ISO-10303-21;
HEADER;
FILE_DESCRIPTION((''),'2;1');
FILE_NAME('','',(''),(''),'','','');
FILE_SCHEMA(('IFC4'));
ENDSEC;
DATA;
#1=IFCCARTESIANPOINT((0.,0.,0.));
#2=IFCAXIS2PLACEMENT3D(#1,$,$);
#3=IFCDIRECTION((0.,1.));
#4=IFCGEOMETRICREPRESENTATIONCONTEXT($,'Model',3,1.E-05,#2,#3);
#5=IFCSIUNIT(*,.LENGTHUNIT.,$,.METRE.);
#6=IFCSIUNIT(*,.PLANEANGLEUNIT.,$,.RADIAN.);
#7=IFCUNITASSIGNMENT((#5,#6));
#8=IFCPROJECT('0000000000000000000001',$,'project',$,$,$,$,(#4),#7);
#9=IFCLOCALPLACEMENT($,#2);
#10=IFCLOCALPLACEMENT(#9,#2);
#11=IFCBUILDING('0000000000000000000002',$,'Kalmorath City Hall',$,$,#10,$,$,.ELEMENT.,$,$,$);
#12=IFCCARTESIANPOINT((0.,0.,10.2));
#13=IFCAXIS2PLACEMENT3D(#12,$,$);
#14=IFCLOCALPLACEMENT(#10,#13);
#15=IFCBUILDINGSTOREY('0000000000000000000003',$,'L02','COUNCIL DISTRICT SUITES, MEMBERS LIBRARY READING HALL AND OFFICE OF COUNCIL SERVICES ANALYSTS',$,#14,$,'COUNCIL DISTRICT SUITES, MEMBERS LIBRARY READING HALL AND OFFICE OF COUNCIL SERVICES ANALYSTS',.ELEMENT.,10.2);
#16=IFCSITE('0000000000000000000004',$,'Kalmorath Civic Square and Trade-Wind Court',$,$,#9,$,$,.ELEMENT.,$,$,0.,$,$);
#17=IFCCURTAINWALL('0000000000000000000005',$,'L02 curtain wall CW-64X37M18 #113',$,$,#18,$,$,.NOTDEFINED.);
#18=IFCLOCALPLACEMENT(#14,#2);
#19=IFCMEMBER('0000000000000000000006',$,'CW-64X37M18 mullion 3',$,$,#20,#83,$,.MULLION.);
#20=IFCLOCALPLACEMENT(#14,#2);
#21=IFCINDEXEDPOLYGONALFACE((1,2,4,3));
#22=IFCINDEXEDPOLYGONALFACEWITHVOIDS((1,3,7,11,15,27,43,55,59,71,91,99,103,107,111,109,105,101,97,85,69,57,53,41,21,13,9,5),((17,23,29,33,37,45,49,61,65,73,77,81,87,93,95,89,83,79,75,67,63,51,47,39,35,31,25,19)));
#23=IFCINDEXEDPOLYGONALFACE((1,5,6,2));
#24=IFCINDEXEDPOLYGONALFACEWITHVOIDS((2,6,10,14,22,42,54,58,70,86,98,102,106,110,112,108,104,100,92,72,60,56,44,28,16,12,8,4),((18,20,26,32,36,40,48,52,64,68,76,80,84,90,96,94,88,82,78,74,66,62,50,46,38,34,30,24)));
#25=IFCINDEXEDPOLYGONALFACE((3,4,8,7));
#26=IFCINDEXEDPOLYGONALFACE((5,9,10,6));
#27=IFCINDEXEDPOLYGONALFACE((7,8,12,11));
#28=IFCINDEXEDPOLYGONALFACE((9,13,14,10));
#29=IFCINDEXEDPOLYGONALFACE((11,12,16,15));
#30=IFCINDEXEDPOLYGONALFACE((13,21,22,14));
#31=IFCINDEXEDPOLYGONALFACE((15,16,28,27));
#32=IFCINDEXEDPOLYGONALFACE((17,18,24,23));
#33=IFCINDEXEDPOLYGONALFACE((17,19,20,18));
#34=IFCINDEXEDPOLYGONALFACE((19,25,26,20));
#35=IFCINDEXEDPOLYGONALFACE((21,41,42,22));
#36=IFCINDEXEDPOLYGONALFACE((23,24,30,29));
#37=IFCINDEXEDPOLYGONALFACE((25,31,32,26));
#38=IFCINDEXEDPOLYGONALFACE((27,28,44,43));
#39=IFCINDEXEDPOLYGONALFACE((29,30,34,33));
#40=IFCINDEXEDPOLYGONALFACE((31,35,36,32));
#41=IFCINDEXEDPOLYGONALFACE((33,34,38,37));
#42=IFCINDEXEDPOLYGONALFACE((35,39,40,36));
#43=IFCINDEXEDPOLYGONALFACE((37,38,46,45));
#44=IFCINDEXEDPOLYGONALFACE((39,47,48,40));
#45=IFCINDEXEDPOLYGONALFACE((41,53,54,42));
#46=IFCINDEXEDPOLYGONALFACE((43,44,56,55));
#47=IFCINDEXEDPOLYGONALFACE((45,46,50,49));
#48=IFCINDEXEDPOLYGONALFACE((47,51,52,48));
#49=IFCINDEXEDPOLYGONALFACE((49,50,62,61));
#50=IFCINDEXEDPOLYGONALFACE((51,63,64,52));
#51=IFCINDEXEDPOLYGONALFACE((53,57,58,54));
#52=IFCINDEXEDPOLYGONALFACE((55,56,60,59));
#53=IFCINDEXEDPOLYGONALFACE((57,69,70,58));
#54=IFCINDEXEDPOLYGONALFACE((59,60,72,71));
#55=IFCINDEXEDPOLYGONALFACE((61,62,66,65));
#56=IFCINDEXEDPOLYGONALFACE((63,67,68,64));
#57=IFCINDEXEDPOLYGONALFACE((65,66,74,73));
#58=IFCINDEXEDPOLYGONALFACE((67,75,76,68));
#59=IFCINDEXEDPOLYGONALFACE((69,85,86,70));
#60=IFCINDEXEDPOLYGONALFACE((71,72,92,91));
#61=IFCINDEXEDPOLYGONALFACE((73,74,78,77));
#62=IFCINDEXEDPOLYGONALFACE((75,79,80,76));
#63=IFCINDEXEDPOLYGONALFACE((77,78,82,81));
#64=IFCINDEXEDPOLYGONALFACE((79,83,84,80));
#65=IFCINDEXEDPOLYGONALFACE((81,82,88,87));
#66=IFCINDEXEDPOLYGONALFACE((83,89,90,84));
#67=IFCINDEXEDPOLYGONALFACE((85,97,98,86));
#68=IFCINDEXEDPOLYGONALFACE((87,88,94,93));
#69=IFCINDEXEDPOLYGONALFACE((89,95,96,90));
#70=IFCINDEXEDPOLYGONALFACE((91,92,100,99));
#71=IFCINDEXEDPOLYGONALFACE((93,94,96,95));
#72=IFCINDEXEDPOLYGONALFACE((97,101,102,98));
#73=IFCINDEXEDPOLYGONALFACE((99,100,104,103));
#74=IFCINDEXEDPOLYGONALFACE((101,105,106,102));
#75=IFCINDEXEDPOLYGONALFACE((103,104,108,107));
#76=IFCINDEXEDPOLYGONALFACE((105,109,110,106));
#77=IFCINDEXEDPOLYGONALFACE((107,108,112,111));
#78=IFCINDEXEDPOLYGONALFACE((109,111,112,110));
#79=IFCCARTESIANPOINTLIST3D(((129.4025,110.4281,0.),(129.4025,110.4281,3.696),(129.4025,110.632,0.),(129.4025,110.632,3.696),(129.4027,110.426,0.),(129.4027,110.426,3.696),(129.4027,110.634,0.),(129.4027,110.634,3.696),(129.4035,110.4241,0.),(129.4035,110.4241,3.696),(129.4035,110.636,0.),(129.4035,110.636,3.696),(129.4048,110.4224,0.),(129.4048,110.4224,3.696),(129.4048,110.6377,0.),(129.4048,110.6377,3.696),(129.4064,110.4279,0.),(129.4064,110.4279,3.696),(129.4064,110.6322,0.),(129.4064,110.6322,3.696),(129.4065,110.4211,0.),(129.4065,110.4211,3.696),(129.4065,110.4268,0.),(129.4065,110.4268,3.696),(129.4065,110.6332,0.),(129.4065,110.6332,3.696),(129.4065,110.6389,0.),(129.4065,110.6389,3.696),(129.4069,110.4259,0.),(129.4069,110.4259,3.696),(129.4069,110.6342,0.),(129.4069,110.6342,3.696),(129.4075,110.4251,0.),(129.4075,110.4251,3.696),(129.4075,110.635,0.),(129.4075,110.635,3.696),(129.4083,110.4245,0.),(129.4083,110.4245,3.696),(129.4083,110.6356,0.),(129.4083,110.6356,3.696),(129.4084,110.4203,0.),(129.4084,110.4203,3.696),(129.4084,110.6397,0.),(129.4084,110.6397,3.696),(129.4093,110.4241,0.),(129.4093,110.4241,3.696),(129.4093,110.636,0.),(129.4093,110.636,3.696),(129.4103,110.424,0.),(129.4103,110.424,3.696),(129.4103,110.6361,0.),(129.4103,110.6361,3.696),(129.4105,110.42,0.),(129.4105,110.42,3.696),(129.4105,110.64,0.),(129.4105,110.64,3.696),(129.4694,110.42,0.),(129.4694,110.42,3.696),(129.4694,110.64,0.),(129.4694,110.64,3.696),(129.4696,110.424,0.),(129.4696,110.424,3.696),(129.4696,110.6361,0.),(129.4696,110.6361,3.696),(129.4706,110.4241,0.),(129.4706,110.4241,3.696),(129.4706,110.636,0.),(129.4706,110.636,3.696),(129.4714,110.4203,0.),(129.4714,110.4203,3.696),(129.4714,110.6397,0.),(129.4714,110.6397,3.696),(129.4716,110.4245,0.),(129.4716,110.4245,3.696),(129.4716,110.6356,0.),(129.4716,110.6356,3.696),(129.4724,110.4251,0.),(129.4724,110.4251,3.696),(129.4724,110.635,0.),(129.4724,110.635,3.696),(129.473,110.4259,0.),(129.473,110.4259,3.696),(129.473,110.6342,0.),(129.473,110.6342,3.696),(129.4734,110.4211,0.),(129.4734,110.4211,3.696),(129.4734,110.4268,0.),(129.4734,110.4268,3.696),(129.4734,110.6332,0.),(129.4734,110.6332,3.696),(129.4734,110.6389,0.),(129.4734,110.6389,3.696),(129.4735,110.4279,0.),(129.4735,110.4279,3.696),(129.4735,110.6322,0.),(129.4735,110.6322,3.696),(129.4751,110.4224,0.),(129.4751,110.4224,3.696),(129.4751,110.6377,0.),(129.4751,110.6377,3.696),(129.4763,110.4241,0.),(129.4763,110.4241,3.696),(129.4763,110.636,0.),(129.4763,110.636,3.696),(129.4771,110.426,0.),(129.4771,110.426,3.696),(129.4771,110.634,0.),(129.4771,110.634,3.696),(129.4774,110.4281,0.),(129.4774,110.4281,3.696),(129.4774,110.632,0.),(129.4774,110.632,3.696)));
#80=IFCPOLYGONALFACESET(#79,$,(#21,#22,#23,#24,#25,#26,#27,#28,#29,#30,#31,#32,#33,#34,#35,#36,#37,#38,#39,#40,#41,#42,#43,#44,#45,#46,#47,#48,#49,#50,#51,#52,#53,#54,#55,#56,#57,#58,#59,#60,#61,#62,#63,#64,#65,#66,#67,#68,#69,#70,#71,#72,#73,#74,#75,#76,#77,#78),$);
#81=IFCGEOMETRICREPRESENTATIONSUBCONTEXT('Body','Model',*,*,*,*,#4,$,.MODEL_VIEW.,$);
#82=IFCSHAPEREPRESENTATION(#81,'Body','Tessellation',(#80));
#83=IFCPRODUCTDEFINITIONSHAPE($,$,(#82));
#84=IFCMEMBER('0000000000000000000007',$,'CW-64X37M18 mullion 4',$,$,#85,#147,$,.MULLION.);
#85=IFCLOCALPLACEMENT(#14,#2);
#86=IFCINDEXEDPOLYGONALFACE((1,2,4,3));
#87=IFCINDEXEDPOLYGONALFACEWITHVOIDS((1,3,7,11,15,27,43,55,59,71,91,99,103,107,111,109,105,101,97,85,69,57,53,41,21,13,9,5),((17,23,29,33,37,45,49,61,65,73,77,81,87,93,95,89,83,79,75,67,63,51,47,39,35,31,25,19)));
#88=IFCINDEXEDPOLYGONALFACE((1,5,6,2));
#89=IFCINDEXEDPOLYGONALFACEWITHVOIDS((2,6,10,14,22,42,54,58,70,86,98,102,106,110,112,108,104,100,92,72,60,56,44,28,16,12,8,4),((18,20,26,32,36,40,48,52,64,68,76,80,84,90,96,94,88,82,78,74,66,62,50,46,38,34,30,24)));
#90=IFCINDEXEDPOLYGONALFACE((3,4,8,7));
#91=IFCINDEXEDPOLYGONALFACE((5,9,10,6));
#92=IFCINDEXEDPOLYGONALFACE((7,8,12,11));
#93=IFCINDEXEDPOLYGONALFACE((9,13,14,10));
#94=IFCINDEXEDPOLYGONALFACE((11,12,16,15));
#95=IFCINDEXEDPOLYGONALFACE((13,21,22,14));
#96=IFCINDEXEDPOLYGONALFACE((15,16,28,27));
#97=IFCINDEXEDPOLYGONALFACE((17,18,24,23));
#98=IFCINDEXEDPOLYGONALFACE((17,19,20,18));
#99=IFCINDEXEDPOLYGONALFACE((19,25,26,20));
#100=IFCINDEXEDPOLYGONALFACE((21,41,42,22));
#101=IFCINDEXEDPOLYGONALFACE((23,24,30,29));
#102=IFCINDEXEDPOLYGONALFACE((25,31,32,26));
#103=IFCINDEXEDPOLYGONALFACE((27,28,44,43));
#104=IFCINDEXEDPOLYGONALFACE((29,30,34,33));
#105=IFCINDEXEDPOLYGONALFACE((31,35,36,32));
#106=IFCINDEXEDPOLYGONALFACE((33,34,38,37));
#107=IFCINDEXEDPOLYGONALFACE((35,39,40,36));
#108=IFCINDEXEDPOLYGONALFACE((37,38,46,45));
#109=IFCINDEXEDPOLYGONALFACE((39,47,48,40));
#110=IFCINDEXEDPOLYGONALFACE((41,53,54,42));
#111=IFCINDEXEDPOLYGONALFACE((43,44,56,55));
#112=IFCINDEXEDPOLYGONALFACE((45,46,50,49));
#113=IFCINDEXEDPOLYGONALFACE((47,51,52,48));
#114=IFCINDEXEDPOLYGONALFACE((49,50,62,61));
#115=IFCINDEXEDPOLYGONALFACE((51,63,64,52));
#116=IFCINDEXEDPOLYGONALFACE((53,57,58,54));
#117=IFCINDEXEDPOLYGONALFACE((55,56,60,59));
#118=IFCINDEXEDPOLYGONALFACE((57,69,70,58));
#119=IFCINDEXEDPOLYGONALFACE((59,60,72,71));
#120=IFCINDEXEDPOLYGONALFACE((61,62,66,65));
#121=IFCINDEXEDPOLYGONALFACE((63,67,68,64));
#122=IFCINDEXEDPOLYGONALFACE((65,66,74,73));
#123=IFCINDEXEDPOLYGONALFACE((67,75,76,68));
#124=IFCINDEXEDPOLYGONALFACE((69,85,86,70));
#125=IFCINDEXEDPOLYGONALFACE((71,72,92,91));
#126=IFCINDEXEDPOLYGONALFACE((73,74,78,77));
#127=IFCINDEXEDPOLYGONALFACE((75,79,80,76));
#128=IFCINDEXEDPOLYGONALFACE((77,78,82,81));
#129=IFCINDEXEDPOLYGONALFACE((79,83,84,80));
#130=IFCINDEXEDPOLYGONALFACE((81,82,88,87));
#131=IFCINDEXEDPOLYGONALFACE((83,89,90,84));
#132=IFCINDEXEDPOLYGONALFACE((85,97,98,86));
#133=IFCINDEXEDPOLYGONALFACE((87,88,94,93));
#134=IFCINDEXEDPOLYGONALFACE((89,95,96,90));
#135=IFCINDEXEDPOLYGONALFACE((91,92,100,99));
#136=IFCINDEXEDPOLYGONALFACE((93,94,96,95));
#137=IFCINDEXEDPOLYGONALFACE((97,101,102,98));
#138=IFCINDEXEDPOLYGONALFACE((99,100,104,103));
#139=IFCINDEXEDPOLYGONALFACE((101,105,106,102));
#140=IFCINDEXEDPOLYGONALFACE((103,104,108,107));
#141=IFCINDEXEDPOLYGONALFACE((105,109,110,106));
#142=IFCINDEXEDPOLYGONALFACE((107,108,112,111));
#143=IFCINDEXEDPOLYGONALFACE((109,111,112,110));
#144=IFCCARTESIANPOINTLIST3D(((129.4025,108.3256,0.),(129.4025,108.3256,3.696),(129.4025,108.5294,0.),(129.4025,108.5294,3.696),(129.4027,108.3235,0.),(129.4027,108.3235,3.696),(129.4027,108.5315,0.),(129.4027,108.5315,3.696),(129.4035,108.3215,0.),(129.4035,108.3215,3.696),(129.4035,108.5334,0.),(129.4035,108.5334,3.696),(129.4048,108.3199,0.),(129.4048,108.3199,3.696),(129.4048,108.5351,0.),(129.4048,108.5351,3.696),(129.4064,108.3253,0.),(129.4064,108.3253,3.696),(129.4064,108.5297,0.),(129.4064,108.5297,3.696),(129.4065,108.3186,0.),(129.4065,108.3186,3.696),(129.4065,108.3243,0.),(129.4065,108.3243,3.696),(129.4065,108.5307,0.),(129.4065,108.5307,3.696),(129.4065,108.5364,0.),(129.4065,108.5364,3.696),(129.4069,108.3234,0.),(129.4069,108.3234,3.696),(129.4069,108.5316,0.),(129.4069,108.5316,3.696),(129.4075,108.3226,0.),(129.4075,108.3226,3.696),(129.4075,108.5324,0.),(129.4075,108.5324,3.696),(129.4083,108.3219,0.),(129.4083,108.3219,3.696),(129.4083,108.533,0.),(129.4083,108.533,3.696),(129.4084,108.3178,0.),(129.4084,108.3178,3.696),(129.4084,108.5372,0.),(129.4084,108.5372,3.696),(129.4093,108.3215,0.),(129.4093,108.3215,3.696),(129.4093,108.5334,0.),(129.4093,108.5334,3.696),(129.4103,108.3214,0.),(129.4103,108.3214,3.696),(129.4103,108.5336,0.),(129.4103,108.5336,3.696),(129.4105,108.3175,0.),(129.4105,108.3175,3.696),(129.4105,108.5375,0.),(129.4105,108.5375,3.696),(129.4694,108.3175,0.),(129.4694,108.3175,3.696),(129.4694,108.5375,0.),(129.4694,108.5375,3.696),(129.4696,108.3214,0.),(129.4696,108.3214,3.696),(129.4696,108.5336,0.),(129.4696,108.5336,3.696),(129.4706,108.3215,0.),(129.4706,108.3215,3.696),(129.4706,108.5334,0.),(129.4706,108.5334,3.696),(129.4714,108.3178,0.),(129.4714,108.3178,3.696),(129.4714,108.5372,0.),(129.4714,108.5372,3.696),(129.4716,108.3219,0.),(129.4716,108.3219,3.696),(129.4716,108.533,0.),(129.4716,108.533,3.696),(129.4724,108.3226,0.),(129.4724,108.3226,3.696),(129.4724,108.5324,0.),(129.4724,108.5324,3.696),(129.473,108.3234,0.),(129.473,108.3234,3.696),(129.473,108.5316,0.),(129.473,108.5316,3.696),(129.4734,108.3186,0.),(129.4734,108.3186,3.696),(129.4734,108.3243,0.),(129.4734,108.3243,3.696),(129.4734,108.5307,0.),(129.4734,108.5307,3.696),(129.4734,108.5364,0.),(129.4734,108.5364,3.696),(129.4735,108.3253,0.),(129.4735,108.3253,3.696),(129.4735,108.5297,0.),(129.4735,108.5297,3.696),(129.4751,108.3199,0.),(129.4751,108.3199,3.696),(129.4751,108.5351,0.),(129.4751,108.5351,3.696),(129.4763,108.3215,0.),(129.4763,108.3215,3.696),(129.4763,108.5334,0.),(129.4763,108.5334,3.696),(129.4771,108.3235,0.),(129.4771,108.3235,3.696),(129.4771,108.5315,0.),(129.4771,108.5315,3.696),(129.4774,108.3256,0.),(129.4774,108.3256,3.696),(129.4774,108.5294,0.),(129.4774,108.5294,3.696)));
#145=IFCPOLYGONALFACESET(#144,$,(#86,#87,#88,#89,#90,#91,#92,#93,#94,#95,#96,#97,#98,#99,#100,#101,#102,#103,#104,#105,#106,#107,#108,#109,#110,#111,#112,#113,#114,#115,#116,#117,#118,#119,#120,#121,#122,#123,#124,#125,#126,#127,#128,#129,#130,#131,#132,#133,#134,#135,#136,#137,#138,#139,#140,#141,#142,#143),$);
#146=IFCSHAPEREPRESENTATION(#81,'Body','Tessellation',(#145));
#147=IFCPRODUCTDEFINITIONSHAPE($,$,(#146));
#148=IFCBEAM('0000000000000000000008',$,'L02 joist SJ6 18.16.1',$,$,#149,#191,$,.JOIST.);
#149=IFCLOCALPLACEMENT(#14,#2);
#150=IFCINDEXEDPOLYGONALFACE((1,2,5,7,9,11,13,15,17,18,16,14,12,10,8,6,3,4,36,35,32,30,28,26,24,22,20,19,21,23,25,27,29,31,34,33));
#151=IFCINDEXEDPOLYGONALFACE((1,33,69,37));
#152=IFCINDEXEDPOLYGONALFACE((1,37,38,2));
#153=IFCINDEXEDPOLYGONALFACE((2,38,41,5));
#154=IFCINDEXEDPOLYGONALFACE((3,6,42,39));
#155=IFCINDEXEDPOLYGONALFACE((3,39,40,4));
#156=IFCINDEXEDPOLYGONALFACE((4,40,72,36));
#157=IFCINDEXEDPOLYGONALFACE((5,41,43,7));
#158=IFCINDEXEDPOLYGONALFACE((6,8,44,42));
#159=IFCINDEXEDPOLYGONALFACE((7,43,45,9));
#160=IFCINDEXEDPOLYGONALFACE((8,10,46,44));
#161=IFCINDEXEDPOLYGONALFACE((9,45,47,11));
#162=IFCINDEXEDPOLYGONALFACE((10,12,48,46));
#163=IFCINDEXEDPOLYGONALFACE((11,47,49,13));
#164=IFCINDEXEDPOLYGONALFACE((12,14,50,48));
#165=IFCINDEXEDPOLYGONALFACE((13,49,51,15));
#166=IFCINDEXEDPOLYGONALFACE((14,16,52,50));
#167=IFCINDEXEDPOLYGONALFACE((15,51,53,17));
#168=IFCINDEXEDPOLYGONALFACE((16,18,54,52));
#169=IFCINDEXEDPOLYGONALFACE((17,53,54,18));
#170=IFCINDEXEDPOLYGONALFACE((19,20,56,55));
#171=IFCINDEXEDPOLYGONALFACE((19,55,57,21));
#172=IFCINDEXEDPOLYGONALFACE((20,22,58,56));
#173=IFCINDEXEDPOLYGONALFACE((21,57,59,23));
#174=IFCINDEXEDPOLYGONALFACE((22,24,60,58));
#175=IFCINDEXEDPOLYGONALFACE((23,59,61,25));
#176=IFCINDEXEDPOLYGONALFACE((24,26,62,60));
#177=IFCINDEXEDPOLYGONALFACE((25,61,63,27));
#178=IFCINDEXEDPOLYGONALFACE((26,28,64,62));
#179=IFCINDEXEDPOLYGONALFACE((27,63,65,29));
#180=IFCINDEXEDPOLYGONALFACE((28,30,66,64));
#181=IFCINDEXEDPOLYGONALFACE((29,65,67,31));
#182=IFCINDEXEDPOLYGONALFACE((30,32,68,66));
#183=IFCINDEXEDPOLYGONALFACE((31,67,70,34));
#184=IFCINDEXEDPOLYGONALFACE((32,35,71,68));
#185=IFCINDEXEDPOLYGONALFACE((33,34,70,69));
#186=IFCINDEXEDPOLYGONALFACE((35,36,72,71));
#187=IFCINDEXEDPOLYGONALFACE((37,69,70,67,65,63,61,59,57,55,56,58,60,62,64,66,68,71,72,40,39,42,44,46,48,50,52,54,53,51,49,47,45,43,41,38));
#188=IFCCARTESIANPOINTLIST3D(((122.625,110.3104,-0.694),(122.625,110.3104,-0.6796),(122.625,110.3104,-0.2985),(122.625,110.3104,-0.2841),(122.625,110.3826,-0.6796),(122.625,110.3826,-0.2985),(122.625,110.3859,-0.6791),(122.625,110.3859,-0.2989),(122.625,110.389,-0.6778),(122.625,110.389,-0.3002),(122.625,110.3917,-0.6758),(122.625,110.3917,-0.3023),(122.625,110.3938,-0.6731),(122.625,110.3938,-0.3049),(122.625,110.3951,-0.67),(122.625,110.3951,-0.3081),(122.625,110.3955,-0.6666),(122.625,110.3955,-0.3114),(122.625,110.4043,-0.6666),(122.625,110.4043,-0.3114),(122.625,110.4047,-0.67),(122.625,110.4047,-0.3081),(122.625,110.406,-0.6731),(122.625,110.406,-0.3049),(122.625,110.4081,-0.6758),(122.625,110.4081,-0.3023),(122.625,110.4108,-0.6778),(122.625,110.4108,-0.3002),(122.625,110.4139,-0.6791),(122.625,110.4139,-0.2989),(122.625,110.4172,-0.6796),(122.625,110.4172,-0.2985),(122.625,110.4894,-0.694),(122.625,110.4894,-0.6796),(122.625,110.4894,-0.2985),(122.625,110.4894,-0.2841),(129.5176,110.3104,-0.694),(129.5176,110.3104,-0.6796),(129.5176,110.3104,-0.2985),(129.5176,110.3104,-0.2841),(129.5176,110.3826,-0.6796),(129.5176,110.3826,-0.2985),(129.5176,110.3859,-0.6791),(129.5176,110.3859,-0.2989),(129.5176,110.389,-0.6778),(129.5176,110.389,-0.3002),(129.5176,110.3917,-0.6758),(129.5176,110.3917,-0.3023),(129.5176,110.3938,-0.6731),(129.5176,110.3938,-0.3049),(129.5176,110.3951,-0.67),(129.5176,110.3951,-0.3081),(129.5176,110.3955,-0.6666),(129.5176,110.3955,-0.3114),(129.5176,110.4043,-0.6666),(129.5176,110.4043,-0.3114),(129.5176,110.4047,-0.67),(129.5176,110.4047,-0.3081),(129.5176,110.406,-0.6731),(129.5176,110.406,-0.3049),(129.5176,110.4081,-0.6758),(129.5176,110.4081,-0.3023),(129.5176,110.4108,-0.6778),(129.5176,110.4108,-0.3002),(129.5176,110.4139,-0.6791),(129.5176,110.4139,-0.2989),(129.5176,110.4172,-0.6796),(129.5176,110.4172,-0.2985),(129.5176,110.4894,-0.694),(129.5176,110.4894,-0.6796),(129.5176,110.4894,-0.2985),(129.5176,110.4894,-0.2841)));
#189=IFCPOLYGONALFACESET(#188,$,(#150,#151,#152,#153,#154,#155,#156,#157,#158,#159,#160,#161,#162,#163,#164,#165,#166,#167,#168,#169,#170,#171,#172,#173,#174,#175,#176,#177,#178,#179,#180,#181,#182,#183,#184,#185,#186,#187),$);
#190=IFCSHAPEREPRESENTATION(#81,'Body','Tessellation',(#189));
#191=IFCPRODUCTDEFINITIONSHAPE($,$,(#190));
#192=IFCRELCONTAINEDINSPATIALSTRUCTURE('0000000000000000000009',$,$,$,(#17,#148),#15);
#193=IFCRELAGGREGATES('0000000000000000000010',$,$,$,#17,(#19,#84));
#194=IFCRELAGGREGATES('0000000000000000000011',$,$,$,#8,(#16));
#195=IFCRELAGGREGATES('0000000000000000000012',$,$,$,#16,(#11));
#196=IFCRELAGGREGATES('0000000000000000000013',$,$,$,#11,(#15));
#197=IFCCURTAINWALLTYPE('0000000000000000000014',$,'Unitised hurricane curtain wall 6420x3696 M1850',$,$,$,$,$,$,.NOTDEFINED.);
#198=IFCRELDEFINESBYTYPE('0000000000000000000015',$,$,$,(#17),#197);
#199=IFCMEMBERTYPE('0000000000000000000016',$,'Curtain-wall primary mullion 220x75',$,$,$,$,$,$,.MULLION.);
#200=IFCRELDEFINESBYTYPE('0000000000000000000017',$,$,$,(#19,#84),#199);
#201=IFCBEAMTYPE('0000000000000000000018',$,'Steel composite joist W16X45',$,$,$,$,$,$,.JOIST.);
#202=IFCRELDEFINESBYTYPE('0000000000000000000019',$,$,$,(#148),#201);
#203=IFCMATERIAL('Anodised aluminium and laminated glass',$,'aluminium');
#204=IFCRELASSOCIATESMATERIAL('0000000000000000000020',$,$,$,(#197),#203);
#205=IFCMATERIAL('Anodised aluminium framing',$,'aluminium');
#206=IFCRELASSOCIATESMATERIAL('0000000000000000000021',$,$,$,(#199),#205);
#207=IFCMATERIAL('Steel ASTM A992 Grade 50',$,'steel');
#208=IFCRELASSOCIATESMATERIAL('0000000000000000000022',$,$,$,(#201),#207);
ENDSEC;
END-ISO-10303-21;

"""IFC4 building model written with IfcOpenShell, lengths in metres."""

from ifc_helpers import new_model, si_unit, direction, frame, origin, origin_2d, place, context, subcontext, project, spatial, hollow_rectangle, i_section, extrude, material, material_profile, profile_set, type_object, element, aggregate, save


model = new_model("IFC4")

# Units and contexts
model_context = context("Model", 3, precision=1e-05, world=origin(), true_north=direction((0.0, 1.0)))
body_context = subcontext(model_context, "Body", "Model", "MODEL_VIEW")
ifc_project = project(units=[si_unit("LENGTHUNIT", "METRE"), si_unit("PLANEANGLEUNIT", "RADIAN")], contexts=[model_context])

# Site, building, storey
site_placement = place(None, origin())
site = spatial("IfcSite", under=ifc_project, at=site_placement, Name="Kalmorath Civic Square and Trade-Wind Court", CompositionType="ELEMENT", RefElevation=0.0)
building_placement = place(site_placement, origin())
building = spatial("IfcBuilding", under=site, at=building_placement, Name="Kalmorath City Hall", CompositionType="ELEMENT")
storey_placement = place(building_placement, frame((0.0, 0.0, 10.2)))
storey = spatial("IfcBuildingStorey", under=building, at=storey_placement, Name="L02", Description="COUNCIL DISTRICT SUITES, MEMBERS LIBRARY READING HALL AND OFFICE OF COUNCIL SERVICES ANALYSTS", LongName="COUNCIL DISTRICT SUITES, MEMBERS LIBRARY READING HALL AND OFFICE OF COUNCIL SERVICES ANALYSTS", CompositionType="ELEMENT", Elevation=10.2)

# Curtain wall, members
ifc_material_1 = material(Name="Anodised aluminium and laminated glass", Category="aluminium")
curtain_wall_type = type_object("IfcCurtainWallType", Name="Unitised hurricane curtain wall 6420x3696 M1850", PredefinedType="NOTDEFINED", material=ifc_material_1)
curtain_wall_placement = place(storey_placement, origin())
curtain_wall = element("IfcCurtainWall", 1, at=curtain_wall_placement, inside=storey, type_object=curtain_wall_type, Name="L02 curtain wall CW-64X37M18 #113", PredefinedType="NOTDEFINED")
ifc_material_2 = material(Name="Anodised aluminium framing", Category="aluminium")
ifc_material_profile_1 = material_profile(ifc_material_2, hollow_rectangle(XDim=0.075, YDim=0.22, WallThickness=0.0039, InnerFilletRadius=0.0039, OuterFilletRadius=0.0081, at=origin_2d()), Name="ALU-MUL-220X75X4")
ifc_profile_set_1 = profile_set([ifc_material_profile_1], Name="Anodised aluminium framing")
member_type_1 = type_object("IfcMemberType", Name="Curtain-wall primary mullion 220x75", PredefinedType="MULLION", material=ifc_profile_set_1)
member_1_placement = place(storey_placement, frame((129.4399, 110.53, 0.0), z_axis=(0.0, 0.0, 1.0), x_axis=(1.0, 0.0, 0.0)))
member_1 = element("IfcMember", 2, at=member_1_placement, type_object=member_type_1, Name="CW-64X37M18 mullion 3", PredefinedType="MULLION", context=body_context, shape_type="SweptSolid", body=[
    extrude(hollow_rectangle(XDim=0.075, YDim=0.22, WallThickness=0.0039, InnerFilletRadius=0.0039, OuterFilletRadius=0.0081, at=origin_2d()), origin(), (0.0, 0.0, 1.0), 3.696),
])
member_2_placement = place(storey_placement, frame((129.4399, 108.4275, 0.0), z_axis=(0.0, 0.0, 1.0), x_axis=(1.0, 0.0, 0.0)))
member_2 = element("IfcMember", 3, at=member_2_placement, type_object=member_type_1, Name="CW-64X37M18 mullion 4", PredefinedType="MULLION", context=body_context, shape_type="SweptSolid", body=[
    extrude(hollow_rectangle(XDim=0.075, YDim=0.22, WallThickness=0.0039, InnerFilletRadius=0.0039, OuterFilletRadius=0.0081, at=origin_2d()), origin(), (0.0, 0.0, 1.0), 3.696),
])

# Beam
ifc_material_3 = material(Name="Steel ASTM A992 Grade 50", Category="steel")
ifc_material_profile_2 = material_profile(ifc_material_3, i_section(OverallWidth=0.179, OverallDepth=0.4099, WebThickness=0.0088, FlangeThickness=0.0144, FilletRadius=0.0129, at=origin_2d()), Name="W16X45")
ifc_profile_set_2 = profile_set([ifc_material_profile_2], Name="Steel ASTM A992 Grade 50")
beam_type_1 = type_object("IfcBeamType", Name="Steel composite joist W16X45", PredefinedType="JOIST", material=ifc_profile_set_2)
beam_1_placement = place(storey_placement, frame((122.625, 110.3999, -0.489), z_axis=(1.0, 0.0, 0.0), x_axis=(0.0, 1.0, 0.0)))
element("IfcBeam", 4, at=beam_1_placement, inside=storey, type_object=beam_type_1, Name="L02 joist SJ6 18.16.1", PredefinedType="JOIST", context=body_context, shape_type="SweptSolid", body=[
    extrude(i_section(OverallWidth=0.179, OverallDepth=0.4099, WebThickness=0.0088, FlangeThickness=0.0144, FilletRadius=0.0129, at=origin_2d()), origin(), (0.0, 0.0, 1.0), 6.8926),
])

aggregate(curtain_wall, [member_1, member_2])

save(model, "model.ifc")
